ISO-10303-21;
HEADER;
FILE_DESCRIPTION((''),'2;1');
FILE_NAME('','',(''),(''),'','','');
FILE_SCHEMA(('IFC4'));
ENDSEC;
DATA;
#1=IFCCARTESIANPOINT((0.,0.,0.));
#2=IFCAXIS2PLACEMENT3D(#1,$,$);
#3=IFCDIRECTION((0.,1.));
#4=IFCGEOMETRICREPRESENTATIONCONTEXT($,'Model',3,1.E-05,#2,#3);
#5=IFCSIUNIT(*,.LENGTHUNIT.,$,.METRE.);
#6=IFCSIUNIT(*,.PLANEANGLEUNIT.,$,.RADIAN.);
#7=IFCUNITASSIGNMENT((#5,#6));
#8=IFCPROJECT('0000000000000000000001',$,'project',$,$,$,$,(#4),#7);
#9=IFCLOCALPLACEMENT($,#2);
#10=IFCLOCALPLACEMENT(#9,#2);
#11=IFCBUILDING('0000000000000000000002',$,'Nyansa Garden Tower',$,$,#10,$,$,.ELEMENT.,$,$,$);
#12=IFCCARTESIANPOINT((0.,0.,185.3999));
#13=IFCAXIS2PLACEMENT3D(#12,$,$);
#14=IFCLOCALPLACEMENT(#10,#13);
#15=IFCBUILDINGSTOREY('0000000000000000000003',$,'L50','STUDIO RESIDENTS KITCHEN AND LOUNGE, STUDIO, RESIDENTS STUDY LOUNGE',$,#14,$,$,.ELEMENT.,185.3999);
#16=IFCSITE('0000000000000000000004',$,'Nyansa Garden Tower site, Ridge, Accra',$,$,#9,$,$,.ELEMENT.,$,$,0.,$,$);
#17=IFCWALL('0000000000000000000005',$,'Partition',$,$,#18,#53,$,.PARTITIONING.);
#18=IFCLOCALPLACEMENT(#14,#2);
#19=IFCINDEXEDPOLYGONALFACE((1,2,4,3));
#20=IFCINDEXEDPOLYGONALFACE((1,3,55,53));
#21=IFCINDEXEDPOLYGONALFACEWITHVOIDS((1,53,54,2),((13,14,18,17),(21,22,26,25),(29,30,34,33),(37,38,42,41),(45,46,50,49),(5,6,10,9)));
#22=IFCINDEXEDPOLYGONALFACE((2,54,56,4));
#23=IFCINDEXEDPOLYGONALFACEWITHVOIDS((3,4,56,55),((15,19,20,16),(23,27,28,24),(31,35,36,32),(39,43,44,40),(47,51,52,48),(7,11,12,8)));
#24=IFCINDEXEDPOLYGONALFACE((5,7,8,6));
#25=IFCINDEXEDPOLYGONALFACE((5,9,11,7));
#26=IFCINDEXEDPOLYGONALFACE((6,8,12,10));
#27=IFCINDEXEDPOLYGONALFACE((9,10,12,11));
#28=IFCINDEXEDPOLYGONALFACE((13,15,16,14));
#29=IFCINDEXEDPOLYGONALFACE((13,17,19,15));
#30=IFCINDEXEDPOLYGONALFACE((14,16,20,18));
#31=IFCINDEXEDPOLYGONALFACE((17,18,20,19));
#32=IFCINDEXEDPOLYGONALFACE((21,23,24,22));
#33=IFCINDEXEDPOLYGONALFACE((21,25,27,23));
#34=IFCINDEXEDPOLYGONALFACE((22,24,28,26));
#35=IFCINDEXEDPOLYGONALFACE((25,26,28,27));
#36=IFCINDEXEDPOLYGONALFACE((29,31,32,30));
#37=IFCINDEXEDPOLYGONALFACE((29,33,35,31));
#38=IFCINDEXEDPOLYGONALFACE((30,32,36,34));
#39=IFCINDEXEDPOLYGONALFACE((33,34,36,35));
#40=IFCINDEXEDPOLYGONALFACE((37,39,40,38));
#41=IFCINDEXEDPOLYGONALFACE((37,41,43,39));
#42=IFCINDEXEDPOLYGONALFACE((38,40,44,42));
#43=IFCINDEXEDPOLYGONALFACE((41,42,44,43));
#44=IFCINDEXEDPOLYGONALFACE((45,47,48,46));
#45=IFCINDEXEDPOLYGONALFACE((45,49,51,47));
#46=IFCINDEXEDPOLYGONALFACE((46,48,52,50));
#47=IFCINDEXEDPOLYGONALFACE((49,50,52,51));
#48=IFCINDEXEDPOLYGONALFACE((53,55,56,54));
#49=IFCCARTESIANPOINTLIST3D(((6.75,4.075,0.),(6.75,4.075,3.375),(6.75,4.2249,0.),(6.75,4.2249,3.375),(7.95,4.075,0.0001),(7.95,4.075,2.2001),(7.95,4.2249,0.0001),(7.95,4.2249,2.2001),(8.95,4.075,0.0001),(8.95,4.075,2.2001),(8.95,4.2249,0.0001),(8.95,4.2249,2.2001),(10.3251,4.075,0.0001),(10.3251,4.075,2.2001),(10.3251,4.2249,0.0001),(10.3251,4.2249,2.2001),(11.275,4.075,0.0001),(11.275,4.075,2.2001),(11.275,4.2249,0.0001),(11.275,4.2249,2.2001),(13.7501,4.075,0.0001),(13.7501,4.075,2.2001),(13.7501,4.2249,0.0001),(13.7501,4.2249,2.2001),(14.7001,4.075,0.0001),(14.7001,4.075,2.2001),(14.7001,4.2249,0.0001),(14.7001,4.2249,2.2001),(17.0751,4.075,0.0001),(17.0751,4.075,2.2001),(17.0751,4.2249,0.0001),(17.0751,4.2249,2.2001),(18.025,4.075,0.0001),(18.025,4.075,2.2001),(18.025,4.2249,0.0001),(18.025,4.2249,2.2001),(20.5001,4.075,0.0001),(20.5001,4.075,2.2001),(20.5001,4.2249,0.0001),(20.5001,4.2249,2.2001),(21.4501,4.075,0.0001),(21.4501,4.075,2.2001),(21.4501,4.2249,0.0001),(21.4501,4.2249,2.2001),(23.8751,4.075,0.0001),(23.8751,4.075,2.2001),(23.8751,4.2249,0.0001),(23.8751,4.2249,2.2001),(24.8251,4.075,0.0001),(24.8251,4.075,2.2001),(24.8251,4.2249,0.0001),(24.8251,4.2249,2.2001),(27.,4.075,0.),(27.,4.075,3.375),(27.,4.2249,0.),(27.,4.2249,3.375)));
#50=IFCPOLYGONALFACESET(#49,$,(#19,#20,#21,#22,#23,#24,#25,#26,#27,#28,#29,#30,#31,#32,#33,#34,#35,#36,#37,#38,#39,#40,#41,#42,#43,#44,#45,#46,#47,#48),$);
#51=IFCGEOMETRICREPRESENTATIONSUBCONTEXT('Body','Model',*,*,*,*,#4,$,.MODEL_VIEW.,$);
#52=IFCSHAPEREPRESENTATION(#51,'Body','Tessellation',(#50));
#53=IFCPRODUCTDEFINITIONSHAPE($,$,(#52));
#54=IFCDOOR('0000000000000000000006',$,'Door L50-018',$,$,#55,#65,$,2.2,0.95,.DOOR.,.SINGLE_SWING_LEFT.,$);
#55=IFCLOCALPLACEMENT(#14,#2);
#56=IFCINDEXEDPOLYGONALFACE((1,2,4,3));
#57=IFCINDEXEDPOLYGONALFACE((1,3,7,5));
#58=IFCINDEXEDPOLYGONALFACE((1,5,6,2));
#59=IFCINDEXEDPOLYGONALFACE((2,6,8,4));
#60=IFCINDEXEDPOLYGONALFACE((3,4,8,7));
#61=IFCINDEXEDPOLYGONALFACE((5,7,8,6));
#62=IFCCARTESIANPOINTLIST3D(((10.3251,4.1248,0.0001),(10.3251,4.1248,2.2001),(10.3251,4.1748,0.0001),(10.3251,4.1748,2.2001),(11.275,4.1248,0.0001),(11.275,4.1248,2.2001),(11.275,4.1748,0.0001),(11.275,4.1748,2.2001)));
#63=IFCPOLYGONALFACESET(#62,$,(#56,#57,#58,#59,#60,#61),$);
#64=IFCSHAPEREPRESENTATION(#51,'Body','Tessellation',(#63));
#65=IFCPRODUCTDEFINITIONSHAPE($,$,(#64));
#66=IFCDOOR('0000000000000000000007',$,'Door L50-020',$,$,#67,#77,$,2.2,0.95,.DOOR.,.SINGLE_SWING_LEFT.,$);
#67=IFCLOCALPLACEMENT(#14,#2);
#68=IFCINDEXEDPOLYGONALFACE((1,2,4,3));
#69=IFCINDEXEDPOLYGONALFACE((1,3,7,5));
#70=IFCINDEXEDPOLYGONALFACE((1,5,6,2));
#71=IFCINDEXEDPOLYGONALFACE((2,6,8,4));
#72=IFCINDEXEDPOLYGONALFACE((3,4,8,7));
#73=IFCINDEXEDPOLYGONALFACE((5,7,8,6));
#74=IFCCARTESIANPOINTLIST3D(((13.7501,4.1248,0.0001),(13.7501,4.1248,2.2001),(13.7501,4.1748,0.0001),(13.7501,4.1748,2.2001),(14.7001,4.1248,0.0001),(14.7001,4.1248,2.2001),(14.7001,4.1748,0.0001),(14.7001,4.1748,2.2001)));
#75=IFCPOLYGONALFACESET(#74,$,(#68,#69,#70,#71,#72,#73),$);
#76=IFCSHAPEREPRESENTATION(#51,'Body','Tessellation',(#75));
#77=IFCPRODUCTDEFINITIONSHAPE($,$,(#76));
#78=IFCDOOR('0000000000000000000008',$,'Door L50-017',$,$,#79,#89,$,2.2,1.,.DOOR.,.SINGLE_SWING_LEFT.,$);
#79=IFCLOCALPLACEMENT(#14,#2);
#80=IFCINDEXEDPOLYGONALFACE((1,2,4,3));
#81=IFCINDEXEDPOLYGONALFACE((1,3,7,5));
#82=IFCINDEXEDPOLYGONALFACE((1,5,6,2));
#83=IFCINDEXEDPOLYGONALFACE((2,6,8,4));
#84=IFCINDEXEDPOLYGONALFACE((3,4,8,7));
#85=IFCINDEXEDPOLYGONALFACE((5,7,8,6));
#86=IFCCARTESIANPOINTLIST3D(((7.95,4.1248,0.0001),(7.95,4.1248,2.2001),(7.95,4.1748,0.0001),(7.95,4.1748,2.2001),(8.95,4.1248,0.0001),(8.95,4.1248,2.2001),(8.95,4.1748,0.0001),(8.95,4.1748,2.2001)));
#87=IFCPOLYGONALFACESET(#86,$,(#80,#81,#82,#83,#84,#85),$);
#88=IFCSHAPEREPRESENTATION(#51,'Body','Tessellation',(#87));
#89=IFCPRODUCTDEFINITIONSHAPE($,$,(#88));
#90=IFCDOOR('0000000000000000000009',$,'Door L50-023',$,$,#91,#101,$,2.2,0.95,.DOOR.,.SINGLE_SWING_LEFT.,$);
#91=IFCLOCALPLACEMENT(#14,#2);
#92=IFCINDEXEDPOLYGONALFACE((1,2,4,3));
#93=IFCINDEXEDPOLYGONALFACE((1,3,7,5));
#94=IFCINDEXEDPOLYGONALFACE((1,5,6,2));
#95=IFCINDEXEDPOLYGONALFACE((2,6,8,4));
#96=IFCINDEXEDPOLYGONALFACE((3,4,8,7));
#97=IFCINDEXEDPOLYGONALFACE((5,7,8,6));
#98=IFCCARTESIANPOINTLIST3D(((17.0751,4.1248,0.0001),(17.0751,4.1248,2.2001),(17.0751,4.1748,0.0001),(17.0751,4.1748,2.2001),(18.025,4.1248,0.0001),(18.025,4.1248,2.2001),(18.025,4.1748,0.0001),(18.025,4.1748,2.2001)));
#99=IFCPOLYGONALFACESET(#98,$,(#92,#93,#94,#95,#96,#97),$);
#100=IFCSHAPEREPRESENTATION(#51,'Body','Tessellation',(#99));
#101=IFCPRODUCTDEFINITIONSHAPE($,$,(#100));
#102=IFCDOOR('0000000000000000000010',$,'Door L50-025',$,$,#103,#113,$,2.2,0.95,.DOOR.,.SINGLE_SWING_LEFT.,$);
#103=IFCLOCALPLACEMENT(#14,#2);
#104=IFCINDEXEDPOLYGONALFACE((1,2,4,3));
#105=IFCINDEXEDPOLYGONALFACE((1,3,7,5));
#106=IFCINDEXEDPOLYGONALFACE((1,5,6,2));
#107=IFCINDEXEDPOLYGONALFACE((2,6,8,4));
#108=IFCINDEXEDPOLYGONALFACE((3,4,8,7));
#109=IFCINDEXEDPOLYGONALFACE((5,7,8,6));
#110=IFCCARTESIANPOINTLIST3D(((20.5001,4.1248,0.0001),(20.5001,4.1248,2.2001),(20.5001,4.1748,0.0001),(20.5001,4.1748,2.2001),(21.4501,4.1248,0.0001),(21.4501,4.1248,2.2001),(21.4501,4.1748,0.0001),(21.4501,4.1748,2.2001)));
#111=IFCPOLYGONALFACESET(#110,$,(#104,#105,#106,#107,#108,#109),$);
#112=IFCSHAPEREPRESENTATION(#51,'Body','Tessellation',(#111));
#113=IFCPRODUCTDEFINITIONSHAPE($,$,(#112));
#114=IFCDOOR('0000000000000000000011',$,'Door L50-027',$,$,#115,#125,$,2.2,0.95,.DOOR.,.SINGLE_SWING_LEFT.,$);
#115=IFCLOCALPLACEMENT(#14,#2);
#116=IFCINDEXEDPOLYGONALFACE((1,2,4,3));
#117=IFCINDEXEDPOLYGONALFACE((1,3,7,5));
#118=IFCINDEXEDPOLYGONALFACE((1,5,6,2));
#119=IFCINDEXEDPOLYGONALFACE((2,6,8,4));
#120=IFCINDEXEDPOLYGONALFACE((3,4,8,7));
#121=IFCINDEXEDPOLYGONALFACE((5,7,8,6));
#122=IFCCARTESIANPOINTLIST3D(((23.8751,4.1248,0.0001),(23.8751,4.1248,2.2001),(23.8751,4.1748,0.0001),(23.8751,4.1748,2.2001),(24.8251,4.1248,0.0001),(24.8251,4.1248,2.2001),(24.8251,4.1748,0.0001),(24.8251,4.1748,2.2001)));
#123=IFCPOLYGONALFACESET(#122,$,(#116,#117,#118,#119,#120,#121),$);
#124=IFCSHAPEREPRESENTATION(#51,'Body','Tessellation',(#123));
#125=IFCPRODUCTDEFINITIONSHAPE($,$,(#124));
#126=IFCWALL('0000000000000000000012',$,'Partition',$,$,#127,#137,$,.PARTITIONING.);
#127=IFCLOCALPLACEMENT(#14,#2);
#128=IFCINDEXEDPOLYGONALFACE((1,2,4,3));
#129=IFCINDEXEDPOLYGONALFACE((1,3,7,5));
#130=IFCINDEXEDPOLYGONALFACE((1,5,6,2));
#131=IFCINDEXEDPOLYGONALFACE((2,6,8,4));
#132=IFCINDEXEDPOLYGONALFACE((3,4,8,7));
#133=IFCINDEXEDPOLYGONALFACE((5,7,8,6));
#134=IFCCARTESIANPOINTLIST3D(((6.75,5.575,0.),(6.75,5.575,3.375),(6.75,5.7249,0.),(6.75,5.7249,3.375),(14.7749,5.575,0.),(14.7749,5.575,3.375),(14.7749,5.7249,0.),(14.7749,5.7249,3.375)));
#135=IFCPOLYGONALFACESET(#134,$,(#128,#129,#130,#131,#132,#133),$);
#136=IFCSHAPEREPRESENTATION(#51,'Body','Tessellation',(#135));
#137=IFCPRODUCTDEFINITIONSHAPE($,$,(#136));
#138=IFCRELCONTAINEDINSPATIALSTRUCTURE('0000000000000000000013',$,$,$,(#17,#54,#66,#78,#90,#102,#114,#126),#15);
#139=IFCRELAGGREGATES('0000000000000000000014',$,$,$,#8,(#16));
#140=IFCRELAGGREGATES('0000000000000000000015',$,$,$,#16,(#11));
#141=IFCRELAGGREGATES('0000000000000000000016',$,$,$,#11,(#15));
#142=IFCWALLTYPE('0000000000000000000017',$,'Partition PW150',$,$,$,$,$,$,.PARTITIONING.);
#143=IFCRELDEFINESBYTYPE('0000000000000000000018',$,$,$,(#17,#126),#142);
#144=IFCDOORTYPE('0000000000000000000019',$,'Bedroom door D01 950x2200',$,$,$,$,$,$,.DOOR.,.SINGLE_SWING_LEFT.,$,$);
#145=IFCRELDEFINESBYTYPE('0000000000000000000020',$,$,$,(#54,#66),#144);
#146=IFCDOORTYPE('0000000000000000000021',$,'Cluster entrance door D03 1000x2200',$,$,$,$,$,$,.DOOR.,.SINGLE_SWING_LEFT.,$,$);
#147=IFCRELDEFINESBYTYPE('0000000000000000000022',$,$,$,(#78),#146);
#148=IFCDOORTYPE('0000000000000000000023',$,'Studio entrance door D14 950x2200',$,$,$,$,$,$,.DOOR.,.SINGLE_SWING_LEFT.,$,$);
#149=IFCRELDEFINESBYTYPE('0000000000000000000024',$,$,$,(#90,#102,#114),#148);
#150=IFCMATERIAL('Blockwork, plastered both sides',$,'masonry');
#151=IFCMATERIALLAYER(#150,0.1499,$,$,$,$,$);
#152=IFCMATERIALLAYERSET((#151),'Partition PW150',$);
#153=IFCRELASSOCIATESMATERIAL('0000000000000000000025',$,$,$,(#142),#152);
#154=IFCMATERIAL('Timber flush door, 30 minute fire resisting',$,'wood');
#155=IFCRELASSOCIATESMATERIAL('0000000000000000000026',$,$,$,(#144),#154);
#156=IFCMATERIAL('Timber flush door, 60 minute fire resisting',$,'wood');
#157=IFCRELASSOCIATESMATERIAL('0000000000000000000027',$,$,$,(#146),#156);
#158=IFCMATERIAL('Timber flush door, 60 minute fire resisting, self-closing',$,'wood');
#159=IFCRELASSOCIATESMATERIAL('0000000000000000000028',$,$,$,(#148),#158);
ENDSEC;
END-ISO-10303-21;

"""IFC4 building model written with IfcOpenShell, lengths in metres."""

from ifc_helpers import new_model, si_unit, direction, frame, frame_2d, origin, place, context, subcontext, project, spatial, rectangle, extrude, material, layer, layer_set, type_object, element, fill, save


model = new_model("IFC4")

# Units and contexts
model_context = context("Model", 3, precision=1e-05, world=origin(), true_north=direction((0.0, 1.0)))
body_context = subcontext(model_context, "Body", "Model", "MODEL_VIEW")
ifc_project = project(units=[si_unit("LENGTHUNIT", "METRE"), si_unit("PLANEANGLEUNIT", "RADIAN")], contexts=[model_context])

# Site, building, storey
site_placement = place(None, origin())
site = spatial("IfcSite", under=ifc_project, at=site_placement, Name="Nyansa Garden Tower site, Ridge, Accra", CompositionType="ELEMENT", RefElevation=0.0)
building_placement = place(site_placement, origin())
building = spatial("IfcBuilding", under=site, at=building_placement, Name="Nyansa Garden Tower", CompositionType="ELEMENT")
storey_placement = place(building_placement, frame((0.0, 0.0, 185.3999)))
storey = spatial("IfcBuildingStorey", under=building, at=storey_placement, Name="L50", Description="STUDIO RESIDENTS KITCHEN AND LOUNGE, STUDIO, RESIDENTS STUDY LOUNGE", CompositionType="ELEMENT", Elevation=185.3999)

# Shared definitions
ifc_material_1 = material(Name="Blockwork, plastered both sides", Category="masonry")
ifc_layer_1 = layer(ifc_material_1, 0.1499)
ifc_layer_set_1 = layer_set([ifc_layer_1], Name="Partition PW150")
wall_type_1 = type_object("IfcWallType", Name="Partition PW150", PredefinedType="PARTITIONING", material=ifc_layer_set_1)
ifc_material_2 = material(Name="Timber flush door, 30 minute fire resisting", Category="wood")
door_type_1 = type_object("IfcDoorType", Name="Bedroom door D01 950x2200", OperationType="SINGLE_SWING_LEFT", PredefinedType="DOOR", material=ifc_material_2)

# Wall, openings, doors
wall_1_placement = place(storey_placement, frame((6.75, 4.1499, 0.0), z_axis=(0.0, 0.0, 1.0), x_axis=(1.0, 0.0, 0.0)))
wall_1 = element("IfcWall", 1, at=wall_1_placement, inside=storey, type_object=wall_type_1, Name="Partition", PredefinedType="PARTITIONING", context=body_context, shape_type="SweptSolid", body=[
    extrude(rectangle(XDim=20.25, YDim=0.1499, at=frame_2d((10.125, 0.0))), origin(), (0.0, 0.0, 1.0), 3.375),
])
opening_1_placement = place(wall_1_placement, frame((1.2, 0.0, 0.0)))
opening_1 = element("IfcOpeningElement", 2, at=opening_1_placement, cuts=wall_1, PredefinedType="OPENING", context=body_context, shape_type="SweptSolid", body=[
    extrude(rectangle(XDim=1.0, YDim=2.2, at=frame_2d((0.5, 1.1001))), frame((0.0, 0.085, 0.0), z_axis=(0.0, -1.0, 0.0), x_axis=(1.0, 0.0, 0.0)), (0.0, 0.0, 1.0), 0.1699),
])
opening_2_placement = place(wall_1_placement, frame((3.575, 0.0, 0.0)))
opening_2 = element("IfcOpeningElement", 3, at=opening_2_placement, cuts=wall_1, PredefinedType="OPENING", context=body_context, shape_type="SweptSolid", body=[
    extrude(rectangle(XDim=0.95, YDim=2.2, at=frame_2d((0.4751, 1.1001))), frame((0.0, 0.085, 0.0), z_axis=(0.0, -1.0, 0.0), x_axis=(1.0, 0.0, 0.0)), (0.0, 0.0, 1.0), 0.1699),
])
opening_3_placement = place(wall_1_placement, frame((7.0, 0.0, 0.0)))
opening_3 = element("IfcOpeningElement", 4, at=opening_3_placement, cuts=wall_1, PredefinedType="OPENING", context=body_context, shape_type="SweptSolid", body=[
    extrude(rectangle(XDim=0.95, YDim=2.2, at=frame_2d((0.4751, 1.1001))), frame((0.0, 0.085, 0.0), z_axis=(0.0, -1.0, 0.0), x_axis=(1.0, 0.0, 0.0)), (0.0, 0.0, 1.0), 0.1699),
])
opening_4_placement = place(wall_1_placement, frame((10.325, 0.0, 0.0)))
opening_4 = element("IfcOpeningElement", 5, at=opening_4_placement, cuts=wall_1, PredefinedType="OPENING", context=body_context, shape_type="SweptSolid", body=[
    extrude(rectangle(XDim=0.95, YDim=2.2, at=frame_2d((0.4751, 1.1001))), frame((0.0, 0.085, 0.0), z_axis=(0.0, -1.0, 0.0), x_axis=(1.0, 0.0, 0.0)), (0.0, 0.0, 1.0), 0.1699),
])
opening_5_placement = place(wall_1_placement, frame((13.75, 0.0, 0.0)))
opening_5 = element("IfcOpeningElement", 6, at=opening_5_placement, cuts=wall_1, PredefinedType="OPENING", context=body_context, shape_type="SweptSolid", body=[
    extrude(rectangle(XDim=0.95, YDim=2.2, at=frame_2d((0.4751, 1.1001))), frame((0.0, 0.085, 0.0), z_axis=(0.0, -1.0, 0.0), x_axis=(1.0, 0.0, 0.0)), (0.0, 0.0, 1.0), 0.1699),
])
opening_6_placement = place(wall_1_placement, frame((17.125, 0.0, 0.0)))
opening_6 = element("IfcOpeningElement", 7, at=opening_6_placement, cuts=wall_1, PredefinedType="OPENING", context=body_context, shape_type="SweptSolid", body=[
    extrude(rectangle(XDim=0.95, YDim=2.2, at=frame_2d((0.4751, 1.1001))), frame((0.0, 0.085, 0.0), z_axis=(0.0, -1.0, 0.0), x_axis=(1.0, 0.0, 0.0)), (0.0, 0.0, 1.0), 0.1699),
])
door_1_placement = place(opening_2_placement, origin())
door_1 = element("IfcDoor", 8, at=door_1_placement, inside=storey, type_object=door_type_1, Name="Door L50-018", OperationType="SINGLE_SWING_LEFT", OverallHeight=2.2, OverallWidth=0.95, PredefinedType="DOOR", context=body_context, shape_type="SweptSolid", body=[
    extrude(rectangle(XDim=0.95, YDim=2.2, at=frame_2d((0.4751, 1.1001))), frame((0.0, 0.0249, 0.0), z_axis=(0.0, -1.0, 0.0), x_axis=(1.0, 0.0, 0.0)), (0.0, 0.0, 1.0), 0.05),
])
fill(opening_2, door_1)
door_2_placement = place(opening_3_placement, origin())
door_2 = element("IfcDoor", 9, at=door_2_placement, inside=storey, type_object=door_type_1, Name="Door L50-020", OperationType="SINGLE_SWING_LEFT", OverallHeight=2.2, OverallWidth=0.95, PredefinedType="DOOR", context=body_context, shape_type="SweptSolid", body=[
    extrude(rectangle(XDim=0.95, YDim=2.2, at=frame_2d((0.4751, 1.1001))), frame((0.0, 0.0249, 0.0), z_axis=(0.0, -1.0, 0.0), x_axis=(1.0, 0.0, 0.0)), (0.0, 0.0, 1.0), 0.05),
])
fill(opening_3, door_2)
ifc_material_3 = material(Name="Timber flush door, 60 minute fire resisting", Category="wood")
door_type_2 = type_object("IfcDoorType", Name="Cluster entrance door D03 1000x2200", OperationType="SINGLE_SWING_LEFT", PredefinedType="DOOR", material=ifc_material_3)
door_3_placement = place(opening_1_placement, origin())
door_3 = element("IfcDoor", 10, at=door_3_placement, inside=storey, type_object=door_type_2, Name="Door L50-017", OperationType="SINGLE_SWING_LEFT", OverallHeight=2.2, OverallWidth=1.0, PredefinedType="DOOR", context=body_context, shape_type="SweptSolid", body=[
    extrude(rectangle(XDim=1.0, YDim=2.2, at=frame_2d((0.5, 1.1001))), frame((0.0, 0.0249, 0.0), z_axis=(0.0, -1.0, 0.0), x_axis=(1.0, 0.0, 0.0)), (0.0, 0.0, 1.0), 0.05),
])
fill(opening_1, door_3)
ifc_material_4 = material(Name="Timber flush door, 60 minute fire resisting, self-closing", Category="wood")
door_type_3 = type_object("IfcDoorType", Name="Studio entrance door D14 950x2200", OperationType="SINGLE_SWING_LEFT", PredefinedType="DOOR", material=ifc_material_4)
door_4_placement = place(opening_4_placement, origin())
door_4 = element("IfcDoor", 11, at=door_4_placement, inside=storey, type_object=door_type_3, Name="Door L50-023", OperationType="SINGLE_SWING_LEFT", OverallHeight=2.2, OverallWidth=0.95, PredefinedType="DOOR", context=body_context, shape_type="SweptSolid", body=[
    extrude(rectangle(XDim=0.95, YDim=2.2, at=frame_2d((0.4751, 1.1001))), frame((0.0, 0.0249, 0.0), z_axis=(0.0, -1.0, 0.0), x_axis=(1.0, 0.0, 0.0)), (0.0, 0.0, 1.0), 0.05),
])
fill(opening_4, door_4)
door_5_placement = place(opening_5_placement, origin())
door_5 = element("IfcDoor", 12, at=door_5_placement, inside=storey, type_object=door_type_3, Name="Door L50-025", OperationType="SINGLE_SWING_LEFT", OverallHeight=2.2, OverallWidth=0.95, PredefinedType="DOOR", context=body_context, shape_type="SweptSolid", body=[
    extrude(rectangle(XDim=0.95, YDim=2.2, at=frame_2d((0.4751, 1.1001))), frame((0.0, 0.0249, 0.0), z_axis=(0.0, -1.0, 0.0), x_axis=(1.0, 0.0, 0.0)), (0.0, 0.0, 1.0), 0.05),
])
fill(opening_5, door_5)
door_6_placement = place(opening_6_placement, origin())
door_6 = element("IfcDoor", 13, at=door_6_placement, inside=storey, type_object=door_type_3, Name="Door L50-027", OperationType="SINGLE_SWING_LEFT", OverallHeight=2.2, OverallWidth=0.95, PredefinedType="DOOR", context=body_context, shape_type="SweptSolid", body=[
    extrude(rectangle(XDim=0.95, YDim=2.2, at=frame_2d((0.4751, 1.1001))), frame((0.0, 0.0249, 0.0), z_axis=(0.0, -1.0, 0.0), x_axis=(1.0, 0.0, 0.0)), (0.0, 0.0, 1.0), 0.05),
])
fill(opening_6, door_6)

# Wall
wall_2_placement = place(storey_placement, frame((6.75, 5.6499, 0.0), z_axis=(0.0, 0.0, 1.0), x_axis=(1.0, 0.0, 0.0)))
element("IfcWall", 14, at=wall_2_placement, inside=storey, type_object=wall_type_1, Name="Partition", PredefinedType="PARTITIONING", context=body_context, shape_type="SweptSolid", body=[
    extrude(rectangle(XDim=8.0249, YDim=0.1499, at=frame_2d((4.0125, 0.0))), origin(), (0.0, 0.0, 1.0), 3.375),
])

save(model, "model.ifc")
